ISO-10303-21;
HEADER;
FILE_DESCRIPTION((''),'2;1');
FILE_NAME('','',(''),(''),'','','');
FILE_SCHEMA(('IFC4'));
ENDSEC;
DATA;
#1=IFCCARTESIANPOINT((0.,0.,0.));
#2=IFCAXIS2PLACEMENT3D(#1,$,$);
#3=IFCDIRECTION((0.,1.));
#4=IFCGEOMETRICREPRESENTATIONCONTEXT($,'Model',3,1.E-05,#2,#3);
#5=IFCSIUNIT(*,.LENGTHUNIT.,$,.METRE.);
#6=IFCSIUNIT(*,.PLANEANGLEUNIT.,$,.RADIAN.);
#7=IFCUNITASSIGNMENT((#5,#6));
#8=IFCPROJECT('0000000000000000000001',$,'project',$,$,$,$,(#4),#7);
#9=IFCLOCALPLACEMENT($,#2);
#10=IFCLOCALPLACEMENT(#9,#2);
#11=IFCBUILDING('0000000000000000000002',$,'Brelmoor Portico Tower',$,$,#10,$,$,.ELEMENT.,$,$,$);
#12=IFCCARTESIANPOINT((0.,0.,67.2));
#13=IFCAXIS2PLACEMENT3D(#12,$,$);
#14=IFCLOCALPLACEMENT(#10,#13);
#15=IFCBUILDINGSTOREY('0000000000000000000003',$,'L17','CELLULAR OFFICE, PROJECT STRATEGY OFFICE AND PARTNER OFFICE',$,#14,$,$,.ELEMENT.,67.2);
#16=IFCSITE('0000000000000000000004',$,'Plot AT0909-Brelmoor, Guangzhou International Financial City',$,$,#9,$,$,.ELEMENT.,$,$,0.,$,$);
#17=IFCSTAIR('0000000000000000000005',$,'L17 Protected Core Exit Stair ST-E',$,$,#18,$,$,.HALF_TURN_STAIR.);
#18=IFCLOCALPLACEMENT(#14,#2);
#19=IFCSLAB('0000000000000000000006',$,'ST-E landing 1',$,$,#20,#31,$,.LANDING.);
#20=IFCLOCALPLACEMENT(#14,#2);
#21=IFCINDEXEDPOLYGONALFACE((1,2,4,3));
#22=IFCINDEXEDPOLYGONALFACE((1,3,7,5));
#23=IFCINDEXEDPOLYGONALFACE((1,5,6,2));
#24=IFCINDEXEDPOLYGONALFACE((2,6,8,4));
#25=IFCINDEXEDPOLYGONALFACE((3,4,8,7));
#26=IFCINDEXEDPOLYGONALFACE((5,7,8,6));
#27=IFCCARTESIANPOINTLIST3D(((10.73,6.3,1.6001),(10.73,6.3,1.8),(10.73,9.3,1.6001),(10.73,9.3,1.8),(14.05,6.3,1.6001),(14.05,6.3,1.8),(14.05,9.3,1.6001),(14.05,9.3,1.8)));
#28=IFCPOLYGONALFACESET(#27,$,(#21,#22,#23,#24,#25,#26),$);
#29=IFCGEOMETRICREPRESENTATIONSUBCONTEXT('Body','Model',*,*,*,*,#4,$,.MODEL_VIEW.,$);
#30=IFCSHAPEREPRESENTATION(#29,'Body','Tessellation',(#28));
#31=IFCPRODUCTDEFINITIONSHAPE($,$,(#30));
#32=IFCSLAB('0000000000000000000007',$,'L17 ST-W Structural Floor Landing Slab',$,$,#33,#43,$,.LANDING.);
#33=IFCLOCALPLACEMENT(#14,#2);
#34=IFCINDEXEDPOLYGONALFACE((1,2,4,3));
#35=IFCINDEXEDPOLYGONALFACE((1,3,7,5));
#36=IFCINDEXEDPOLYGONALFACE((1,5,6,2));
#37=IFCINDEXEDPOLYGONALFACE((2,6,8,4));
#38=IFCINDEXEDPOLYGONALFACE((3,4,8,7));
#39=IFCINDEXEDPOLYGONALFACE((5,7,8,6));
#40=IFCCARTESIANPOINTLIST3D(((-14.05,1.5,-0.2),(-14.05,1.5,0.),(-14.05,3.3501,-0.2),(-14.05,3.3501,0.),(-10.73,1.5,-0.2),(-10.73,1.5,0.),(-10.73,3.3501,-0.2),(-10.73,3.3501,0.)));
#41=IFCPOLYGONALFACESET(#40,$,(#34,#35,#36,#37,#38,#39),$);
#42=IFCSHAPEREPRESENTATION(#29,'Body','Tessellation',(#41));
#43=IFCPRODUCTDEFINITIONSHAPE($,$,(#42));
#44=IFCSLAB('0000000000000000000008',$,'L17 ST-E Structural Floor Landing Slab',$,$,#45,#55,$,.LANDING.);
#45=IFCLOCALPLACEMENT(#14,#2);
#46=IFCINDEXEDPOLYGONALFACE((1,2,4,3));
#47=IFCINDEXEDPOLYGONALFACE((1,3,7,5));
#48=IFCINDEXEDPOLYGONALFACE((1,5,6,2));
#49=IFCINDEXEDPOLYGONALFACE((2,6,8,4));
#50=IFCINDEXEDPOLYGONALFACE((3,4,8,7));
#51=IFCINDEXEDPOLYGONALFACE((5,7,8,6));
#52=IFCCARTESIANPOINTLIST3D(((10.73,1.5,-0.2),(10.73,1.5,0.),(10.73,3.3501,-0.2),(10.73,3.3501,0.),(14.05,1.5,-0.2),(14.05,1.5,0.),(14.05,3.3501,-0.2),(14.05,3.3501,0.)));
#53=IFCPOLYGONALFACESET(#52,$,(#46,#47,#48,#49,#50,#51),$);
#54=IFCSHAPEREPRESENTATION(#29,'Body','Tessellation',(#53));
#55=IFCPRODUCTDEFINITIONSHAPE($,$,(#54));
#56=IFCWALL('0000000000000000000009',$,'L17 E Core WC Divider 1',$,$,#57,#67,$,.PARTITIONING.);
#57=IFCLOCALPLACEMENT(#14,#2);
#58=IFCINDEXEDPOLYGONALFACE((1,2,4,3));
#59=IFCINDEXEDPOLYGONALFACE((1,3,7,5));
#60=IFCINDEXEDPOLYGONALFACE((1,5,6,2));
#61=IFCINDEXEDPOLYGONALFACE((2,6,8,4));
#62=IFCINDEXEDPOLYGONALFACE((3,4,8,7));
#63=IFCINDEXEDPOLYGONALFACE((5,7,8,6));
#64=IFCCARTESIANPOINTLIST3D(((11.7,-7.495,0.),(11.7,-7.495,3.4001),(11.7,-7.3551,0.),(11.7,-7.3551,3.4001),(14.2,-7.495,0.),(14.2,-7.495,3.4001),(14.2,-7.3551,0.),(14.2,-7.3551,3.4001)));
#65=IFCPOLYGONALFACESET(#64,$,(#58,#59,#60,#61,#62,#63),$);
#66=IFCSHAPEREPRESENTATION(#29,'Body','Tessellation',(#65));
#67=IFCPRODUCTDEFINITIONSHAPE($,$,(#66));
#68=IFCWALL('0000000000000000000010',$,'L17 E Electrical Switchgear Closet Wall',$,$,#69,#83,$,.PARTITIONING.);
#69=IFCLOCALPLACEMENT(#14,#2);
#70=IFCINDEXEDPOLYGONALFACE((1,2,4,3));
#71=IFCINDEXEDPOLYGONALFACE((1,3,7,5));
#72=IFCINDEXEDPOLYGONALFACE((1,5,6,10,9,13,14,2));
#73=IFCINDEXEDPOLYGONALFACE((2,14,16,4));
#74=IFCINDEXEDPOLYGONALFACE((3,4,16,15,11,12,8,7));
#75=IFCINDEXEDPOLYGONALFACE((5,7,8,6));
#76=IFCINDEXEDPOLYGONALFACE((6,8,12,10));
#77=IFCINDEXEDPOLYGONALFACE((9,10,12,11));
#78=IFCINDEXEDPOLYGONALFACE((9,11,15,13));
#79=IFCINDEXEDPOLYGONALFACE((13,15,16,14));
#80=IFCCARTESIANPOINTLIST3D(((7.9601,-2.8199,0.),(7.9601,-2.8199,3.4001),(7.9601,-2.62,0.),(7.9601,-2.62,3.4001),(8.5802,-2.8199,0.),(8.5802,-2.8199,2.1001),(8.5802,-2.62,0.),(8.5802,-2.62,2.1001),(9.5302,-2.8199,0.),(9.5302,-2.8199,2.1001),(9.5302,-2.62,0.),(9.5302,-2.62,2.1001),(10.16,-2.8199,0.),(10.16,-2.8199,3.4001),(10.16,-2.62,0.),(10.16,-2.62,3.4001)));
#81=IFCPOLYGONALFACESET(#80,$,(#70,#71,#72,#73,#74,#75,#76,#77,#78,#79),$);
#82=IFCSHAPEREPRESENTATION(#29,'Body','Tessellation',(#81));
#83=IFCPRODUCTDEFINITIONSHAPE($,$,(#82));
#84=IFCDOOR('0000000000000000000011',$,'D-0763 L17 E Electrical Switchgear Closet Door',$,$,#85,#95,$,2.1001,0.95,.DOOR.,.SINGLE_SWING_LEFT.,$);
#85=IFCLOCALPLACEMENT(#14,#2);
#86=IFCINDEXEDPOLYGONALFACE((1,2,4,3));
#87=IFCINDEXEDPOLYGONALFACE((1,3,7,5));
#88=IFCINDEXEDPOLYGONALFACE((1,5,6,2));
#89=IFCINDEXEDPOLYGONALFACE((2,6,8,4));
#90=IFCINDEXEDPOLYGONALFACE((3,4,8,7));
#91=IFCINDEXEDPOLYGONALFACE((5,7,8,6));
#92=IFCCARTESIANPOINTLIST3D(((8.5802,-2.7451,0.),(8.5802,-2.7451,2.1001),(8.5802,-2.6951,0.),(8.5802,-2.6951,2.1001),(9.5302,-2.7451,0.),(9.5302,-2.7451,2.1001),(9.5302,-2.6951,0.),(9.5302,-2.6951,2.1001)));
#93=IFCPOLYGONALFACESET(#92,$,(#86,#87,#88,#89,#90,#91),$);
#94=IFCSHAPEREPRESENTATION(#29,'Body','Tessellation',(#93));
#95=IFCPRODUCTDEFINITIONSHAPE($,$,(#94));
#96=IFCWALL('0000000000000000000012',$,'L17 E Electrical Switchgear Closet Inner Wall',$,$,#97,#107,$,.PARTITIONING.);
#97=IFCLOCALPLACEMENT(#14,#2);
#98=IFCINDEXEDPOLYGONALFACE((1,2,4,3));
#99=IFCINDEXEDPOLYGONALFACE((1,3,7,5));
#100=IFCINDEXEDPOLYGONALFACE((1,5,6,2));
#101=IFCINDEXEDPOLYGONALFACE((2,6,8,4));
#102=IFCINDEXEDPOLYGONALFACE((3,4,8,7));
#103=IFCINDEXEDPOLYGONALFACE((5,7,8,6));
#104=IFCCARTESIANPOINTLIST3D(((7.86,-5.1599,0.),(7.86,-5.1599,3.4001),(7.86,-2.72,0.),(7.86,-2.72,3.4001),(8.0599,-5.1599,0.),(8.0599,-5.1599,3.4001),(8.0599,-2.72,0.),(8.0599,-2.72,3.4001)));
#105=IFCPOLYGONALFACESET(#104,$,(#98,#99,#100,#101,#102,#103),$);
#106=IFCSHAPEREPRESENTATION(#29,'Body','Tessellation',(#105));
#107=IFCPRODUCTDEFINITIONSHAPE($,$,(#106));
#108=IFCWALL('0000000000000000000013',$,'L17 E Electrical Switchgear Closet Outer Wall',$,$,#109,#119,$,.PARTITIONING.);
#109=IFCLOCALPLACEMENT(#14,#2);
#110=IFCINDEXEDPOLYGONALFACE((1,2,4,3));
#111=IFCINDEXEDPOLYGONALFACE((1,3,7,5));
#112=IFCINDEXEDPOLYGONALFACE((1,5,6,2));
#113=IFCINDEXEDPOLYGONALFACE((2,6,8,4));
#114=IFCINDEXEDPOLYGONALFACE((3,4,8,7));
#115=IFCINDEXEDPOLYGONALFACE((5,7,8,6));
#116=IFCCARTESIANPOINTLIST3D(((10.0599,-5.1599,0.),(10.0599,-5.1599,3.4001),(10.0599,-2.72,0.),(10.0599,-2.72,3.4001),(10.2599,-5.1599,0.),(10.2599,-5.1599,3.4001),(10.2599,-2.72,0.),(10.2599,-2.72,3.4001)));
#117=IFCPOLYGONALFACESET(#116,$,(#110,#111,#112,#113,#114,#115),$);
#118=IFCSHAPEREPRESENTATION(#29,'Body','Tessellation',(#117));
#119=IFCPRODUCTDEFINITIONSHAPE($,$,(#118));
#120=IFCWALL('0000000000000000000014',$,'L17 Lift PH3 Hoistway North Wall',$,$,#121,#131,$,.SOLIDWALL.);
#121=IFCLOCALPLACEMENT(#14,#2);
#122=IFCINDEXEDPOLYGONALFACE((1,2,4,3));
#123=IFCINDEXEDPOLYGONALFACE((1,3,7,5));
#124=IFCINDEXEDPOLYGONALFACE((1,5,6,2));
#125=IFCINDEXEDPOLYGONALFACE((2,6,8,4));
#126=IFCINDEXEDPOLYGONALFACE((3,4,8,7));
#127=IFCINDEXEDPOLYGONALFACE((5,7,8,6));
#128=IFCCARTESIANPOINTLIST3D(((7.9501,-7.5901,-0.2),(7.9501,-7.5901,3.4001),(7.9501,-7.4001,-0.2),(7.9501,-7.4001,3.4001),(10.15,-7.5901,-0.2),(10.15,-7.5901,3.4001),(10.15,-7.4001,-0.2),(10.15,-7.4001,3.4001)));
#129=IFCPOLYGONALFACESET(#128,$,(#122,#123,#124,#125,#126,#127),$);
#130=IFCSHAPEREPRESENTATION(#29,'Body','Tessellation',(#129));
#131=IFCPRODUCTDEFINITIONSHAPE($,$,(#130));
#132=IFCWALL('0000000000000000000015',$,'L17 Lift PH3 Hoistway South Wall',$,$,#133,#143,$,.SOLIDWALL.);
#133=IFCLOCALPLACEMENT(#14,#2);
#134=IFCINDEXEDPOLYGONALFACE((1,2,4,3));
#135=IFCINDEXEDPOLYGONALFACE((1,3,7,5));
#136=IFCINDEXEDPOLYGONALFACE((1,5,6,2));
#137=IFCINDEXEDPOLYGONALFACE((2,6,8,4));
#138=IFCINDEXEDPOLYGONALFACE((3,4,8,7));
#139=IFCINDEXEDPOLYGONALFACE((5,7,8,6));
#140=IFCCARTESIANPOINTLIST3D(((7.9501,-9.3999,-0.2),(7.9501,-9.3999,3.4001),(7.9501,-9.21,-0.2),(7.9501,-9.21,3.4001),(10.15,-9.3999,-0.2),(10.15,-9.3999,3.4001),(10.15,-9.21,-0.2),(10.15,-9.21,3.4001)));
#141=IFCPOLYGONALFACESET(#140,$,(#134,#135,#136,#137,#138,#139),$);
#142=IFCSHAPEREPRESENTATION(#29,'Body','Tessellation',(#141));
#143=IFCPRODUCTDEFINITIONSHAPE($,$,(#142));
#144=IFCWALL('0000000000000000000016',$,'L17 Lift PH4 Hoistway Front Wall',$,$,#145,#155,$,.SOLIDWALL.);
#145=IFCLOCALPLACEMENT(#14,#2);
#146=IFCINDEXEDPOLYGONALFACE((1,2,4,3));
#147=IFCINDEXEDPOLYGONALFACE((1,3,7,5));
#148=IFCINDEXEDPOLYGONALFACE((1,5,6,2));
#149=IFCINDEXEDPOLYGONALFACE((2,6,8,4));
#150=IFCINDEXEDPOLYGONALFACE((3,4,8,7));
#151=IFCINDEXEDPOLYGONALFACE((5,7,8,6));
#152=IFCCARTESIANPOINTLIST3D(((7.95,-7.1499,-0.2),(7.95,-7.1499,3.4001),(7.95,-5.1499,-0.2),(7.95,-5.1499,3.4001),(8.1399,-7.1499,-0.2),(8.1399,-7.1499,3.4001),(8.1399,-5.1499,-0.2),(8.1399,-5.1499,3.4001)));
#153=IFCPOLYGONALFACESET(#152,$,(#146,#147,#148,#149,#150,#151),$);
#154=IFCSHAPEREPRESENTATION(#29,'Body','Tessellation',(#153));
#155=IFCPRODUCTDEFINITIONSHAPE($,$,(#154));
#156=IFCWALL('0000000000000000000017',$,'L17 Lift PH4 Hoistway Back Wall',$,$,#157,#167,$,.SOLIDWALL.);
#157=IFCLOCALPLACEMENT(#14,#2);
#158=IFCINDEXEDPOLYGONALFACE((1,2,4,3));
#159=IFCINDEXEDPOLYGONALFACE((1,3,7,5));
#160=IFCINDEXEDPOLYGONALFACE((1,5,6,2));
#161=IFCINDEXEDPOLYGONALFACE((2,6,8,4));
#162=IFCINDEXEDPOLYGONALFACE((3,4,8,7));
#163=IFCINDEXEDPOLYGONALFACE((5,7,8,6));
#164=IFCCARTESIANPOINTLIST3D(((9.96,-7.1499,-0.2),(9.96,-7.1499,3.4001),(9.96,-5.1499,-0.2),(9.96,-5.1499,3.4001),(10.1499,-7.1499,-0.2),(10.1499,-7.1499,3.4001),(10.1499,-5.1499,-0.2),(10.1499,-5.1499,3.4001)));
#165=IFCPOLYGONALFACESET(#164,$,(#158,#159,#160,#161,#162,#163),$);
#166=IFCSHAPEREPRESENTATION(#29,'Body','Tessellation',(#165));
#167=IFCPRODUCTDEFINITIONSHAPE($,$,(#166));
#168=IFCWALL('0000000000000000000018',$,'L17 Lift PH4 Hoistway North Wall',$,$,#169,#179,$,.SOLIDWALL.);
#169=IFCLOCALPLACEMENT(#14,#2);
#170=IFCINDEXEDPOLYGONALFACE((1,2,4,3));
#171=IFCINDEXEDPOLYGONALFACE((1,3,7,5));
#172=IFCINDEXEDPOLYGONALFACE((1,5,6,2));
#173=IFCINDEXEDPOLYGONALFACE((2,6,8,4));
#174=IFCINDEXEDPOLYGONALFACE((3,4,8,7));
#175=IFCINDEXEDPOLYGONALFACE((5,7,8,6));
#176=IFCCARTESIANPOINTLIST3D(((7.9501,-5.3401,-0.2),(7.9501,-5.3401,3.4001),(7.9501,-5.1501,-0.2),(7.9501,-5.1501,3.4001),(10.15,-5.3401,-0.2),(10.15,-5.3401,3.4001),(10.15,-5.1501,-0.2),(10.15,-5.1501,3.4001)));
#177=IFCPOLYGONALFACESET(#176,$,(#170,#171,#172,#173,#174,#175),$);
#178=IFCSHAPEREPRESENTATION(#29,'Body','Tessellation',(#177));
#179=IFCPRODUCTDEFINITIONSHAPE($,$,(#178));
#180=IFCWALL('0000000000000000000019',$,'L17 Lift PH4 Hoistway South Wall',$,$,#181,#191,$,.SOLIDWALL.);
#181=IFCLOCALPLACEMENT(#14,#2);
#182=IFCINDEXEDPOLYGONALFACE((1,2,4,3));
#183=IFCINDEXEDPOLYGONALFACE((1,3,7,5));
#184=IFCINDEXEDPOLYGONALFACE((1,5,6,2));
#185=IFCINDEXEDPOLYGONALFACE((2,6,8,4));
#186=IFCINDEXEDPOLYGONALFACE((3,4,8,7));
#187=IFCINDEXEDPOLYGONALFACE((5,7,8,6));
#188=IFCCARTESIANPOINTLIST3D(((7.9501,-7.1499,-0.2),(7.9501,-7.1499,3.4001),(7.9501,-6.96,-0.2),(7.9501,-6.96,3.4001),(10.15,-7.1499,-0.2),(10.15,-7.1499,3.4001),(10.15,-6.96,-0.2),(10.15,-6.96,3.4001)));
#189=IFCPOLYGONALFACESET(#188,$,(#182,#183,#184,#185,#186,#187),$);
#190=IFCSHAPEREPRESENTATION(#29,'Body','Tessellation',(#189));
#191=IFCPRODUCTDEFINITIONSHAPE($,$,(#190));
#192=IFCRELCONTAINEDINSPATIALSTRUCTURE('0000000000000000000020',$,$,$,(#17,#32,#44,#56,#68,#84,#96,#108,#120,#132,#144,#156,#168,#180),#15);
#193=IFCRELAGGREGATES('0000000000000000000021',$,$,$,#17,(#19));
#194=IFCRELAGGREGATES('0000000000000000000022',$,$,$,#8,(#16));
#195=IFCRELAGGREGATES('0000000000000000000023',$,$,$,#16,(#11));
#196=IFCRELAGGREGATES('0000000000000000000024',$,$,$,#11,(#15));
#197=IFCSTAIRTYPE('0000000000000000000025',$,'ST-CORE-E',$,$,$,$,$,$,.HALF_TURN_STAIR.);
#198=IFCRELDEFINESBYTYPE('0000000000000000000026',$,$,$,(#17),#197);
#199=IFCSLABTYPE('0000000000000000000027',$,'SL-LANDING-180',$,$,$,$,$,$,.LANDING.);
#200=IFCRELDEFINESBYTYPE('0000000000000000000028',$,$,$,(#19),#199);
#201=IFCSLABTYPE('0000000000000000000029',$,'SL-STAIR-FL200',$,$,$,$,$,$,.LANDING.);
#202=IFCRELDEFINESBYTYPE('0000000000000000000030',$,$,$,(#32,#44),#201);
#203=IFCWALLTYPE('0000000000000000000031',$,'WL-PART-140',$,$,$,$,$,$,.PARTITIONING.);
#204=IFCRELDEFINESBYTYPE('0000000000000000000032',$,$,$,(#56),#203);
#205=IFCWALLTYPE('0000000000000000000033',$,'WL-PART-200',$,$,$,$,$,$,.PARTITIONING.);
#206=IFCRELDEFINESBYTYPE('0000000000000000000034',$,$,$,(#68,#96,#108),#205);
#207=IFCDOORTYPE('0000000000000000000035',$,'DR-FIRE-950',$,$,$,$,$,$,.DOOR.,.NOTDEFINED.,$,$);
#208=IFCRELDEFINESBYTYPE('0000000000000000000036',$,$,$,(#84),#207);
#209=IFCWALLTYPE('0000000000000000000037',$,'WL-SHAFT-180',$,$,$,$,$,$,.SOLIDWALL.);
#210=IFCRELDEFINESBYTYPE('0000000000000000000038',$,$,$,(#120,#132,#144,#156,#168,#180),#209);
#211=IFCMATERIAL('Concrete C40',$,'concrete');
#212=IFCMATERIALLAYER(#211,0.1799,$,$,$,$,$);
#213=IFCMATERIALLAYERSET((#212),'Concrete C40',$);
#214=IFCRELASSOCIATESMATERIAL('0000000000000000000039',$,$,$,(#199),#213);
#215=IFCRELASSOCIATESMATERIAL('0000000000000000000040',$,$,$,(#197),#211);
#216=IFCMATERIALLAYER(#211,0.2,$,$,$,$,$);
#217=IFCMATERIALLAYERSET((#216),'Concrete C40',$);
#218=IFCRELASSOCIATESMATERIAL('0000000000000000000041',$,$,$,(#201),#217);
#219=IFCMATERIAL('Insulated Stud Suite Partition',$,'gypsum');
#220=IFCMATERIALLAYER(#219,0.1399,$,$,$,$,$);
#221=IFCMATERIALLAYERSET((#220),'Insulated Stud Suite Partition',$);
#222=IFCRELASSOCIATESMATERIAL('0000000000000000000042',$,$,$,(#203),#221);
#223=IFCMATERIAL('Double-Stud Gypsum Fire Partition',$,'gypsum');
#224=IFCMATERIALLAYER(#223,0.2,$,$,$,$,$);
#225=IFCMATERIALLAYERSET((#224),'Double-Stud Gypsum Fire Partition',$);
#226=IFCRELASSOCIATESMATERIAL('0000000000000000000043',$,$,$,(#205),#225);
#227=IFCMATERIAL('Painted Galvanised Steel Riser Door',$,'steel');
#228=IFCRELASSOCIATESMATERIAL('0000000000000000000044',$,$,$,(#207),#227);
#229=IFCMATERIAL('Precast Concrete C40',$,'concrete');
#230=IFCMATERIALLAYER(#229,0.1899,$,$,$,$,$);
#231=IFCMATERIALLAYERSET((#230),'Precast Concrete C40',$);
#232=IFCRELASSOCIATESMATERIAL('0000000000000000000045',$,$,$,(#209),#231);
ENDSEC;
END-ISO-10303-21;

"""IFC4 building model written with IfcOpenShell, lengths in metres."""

from ifc_helpers import new_model, si_unit, direction, frame, frame_2d, origin, place, context, subcontext, project, spatial, polyline, rectangle, outline, extrude, material, layer, layer_set, type_object, element, fill, aggregate, save


model = new_model("IFC4")

# Units and contexts
model_context = context("Model", 3, precision=1e-05, world=origin(), true_north=direction((0.0, 1.0)))
body_context = subcontext(model_context, "Body", "Model", "MODEL_VIEW")
ifc_project = project(units=[si_unit("LENGTHUNIT", "METRE"), si_unit("PLANEANGLEUNIT", "RADIAN")], contexts=[model_context])

# Site, building, storey
site_placement = place(None, origin())
site = spatial("IfcSite", under=ifc_project, at=site_placement, Name="Plot AT0909-Brelmoor, Guangzhou International Financial City", CompositionType="ELEMENT", RefElevation=0.0)
building_placement = place(site_placement, origin())
building = spatial("IfcBuilding", under=site, at=building_placement, Name="Brelmoor Portico Tower", CompositionType="ELEMENT")
storey_placement = place(building_placement, frame((0.0, 0.0, 67.2)))
storey = spatial("IfcBuildingStorey", under=building, at=storey_placement, Name="L17", Description="CELLULAR OFFICE, PROJECT STRATEGY OFFICE AND PARTNER OFFICE", CompositionType="ELEMENT", Elevation=67.2)

# Shared definitions
ifc_material_1 = material(Name="Concrete C40", Category="concrete")

# Stair, slab
ifc_layer_1 = layer(ifc_material_1, 0.1799)
ifc_layer_set_1 = layer_set([ifc_layer_1], Name="Concrete C40")
slab_type_1 = type_object("IfcSlabType", Name="SL-LANDING-180", PredefinedType="LANDING", material=ifc_layer_set_1)
stair_type_1 = type_object("IfcStairType", Name="ST-CORE-E", PredefinedType="HALF_TURN_STAIR", material=ifc_material_1)
stair_1_placement = place(storey_placement, origin())
stair_1 = element("IfcStair", 1, at=stair_1_placement, inside=storey, type_object=stair_type_1, Name="L17 Protected Core Exit Stair ST-E", PredefinedType="HALF_TURN_STAIR")
slab_1_placement = place(storey_placement, frame((0.0, 0.0, 1.6001)))
slab_1 = element("IfcSlab", 2, at=slab_1_placement, type_object=slab_type_1, Name="ST-E landing 1", PredefinedType="LANDING", context=body_context, shape_type="SweptSolid", body=[
    extrude(outline(polyline([(14.05, 6.3), (14.05, 9.3), (10.73, 9.3), (10.73, 6.3), (14.05, 6.3)])), origin(), (0.0, 0.0, 1.0), 0.2),
])
aggregate(stair_1, [slab_1])

# Slabs
ifc_layer_2 = layer(ifc_material_1, 0.2)
ifc_layer_set_2 = layer_set([ifc_layer_2], Name="Concrete C40")
slab_type_2 = type_object("IfcSlabType", Name="SL-STAIR-FL200", PredefinedType="LANDING", material=ifc_layer_set_2)
slab_2_placement = place(storey_placement, frame((0.0, 0.0, -0.2)))
element("IfcSlab", 3, at=slab_2_placement, inside=storey, type_object=slab_type_2, Name="L17 ST-W Structural Floor Landing Slab", PredefinedType="LANDING", context=body_context, shape_type="SweptSolid", body=[
    extrude(outline(polyline([(-10.73, 1.5), (-10.73, 3.3501), (-14.05, 3.3501), (-14.05, 1.5), (-10.73, 1.5)])), origin(), (0.0, 0.0, 1.0), 0.2),
])
slab_3_placement = place(storey_placement, frame((0.0, 0.0, -0.2)))
element("IfcSlab", 4, at=slab_3_placement, inside=storey, type_object=slab_type_2, Name="L17 ST-E Structural Floor Landing Slab", PredefinedType="LANDING", context=body_context, shape_type="SweptSolid", body=[
    extrude(outline(polyline([(14.05, 1.5), (14.05, 3.3501), (10.73, 3.3501), (10.73, 1.5), (14.05, 1.5)])), origin(), (0.0, 0.0, 1.0), 0.2),
])

# Wall
ifc_material_2 = material(Name="Insulated Stud Suite Partition", Category="gypsum")
ifc_layer_3 = layer(ifc_material_2, 0.1399)
ifc_layer_set_3 = layer_set([ifc_layer_3], Name="Insulated Stud Suite Partition")
wall_type_1 = type_object("IfcWallType", Name="WL-PART-140", PredefinedType="PARTITIONING", material=ifc_layer_set_3)
wall_1_placement = place(storey_placement, frame((11.7, -7.425, 0.0), z_axis=(0.0, 0.0, 1.0), x_axis=(1.0, 0.0, 0.0)))
element("IfcWall", 5, at=wall_1_placement, inside=storey, type_object=wall_type_1, Name="L17 E Core WC Divider 1", PredefinedType="PARTITIONING", context=body_context, shape_type="SweptSolid", body=[
    extrude(rectangle(XDim=2.5, YDim=0.1399, at=frame_2d((1.25, 0.0))), origin(), (0.0, 0.0, 1.0), 3.4001),
])

# Wall, opening, door
ifc_material_3 = material(Name="Double-Stud Gypsum Fire Partition", Category="gypsum")
ifc_layer_4 = layer(ifc_material_3, 0.2)
ifc_layer_set_4 = layer_set([ifc_layer_4], Name="Double-Stud Gypsum Fire Partition")
wall_type_2 = type_object("IfcWallType", Name="WL-PART-200", PredefinedType="PARTITIONING", material=ifc_layer_set_4)
wall_2_placement = place(storey_placement, frame((7.96, -2.72, 0.0), z_axis=(0.0, 0.0, 1.0), x_axis=(1.0, 0.0, 0.0)))
wall_2 = element("IfcWall", 6, at=wall_2_placement, inside=storey, type_object=wall_type_2, Name="L17 E Electrical Switchgear Closet Wall", PredefinedType="PARTITIONING", context=body_context, shape_type="SweptSolid", body=[
    extrude(rectangle(XDim=2.2, YDim=0.2, at=frame_2d((1.1001, 0.0))), origin(), (0.0, 0.0, 1.0), 3.4001),
])
opening_1_placement = place(wall_2_placement, frame((0.6201, 0.0, 0.0)))
opening_1 = element("IfcOpeningElement", 7, at=opening_1_placement, cuts=wall_2, PredefinedType="OPENING", context=body_context, shape_type="SweptSolid", body=[
    extrude(rectangle(XDim=0.95, YDim=2.1001, at=frame_2d((0.4751, 1.05))), frame((0.0, 0.1099, 0.0), z_axis=(0.0, -1.0, 0.0), x_axis=(1.0, 0.0, 0.0)), (0.0, 0.0, 1.0), 0.22),
])
ifc_material_4 = material(Name="Painted Galvanised Steel Riser Door", Category="steel")
door_type_1 = type_object("IfcDoorType", Name="DR-FIRE-950", OperationType="NOTDEFINED", PredefinedType="DOOR", material=ifc_material_4)
door_1_placement = place(opening_1_placement, origin())
door_1 = element("IfcDoor", 8, at=door_1_placement, inside=storey, type_object=door_type_1, Name="D-0763 L17 E Electrical Switchgear Closet Door", OperationType="SINGLE_SWING_LEFT", OverallHeight=2.1001, OverallWidth=0.95, PredefinedType="DOOR", context=body_context, shape_type="SweptSolid", body=[
    extrude(rectangle(XDim=0.95, YDim=2.1001, at=frame_2d((0.4751, 1.05))), frame((0.0, 0.0249, 0.0), z_axis=(0.0, -1.0, 0.0), x_axis=(1.0, 0.0, 0.0)), (0.0, 0.0, 1.0), 0.05),
])
fill(opening_1, door_1)

# Walls
for number, where, z_axis, x_axis, name in (
    (9, (7.96, -5.1599, 0.0), (0.0, 0.0, 1.0), (0.0, 1.0, 0.0), "L17 E Electrical Switchgear Closet Inner Wall"),
    (10, (10.1599, -5.1599, 0.0), (0.0, 0.0, 1.0), (0.0, 1.0, 0.0), "L17 E Electrical Switchgear Closet Outer Wall"),
):
    element("IfcWall", number, at=place(storey_placement, frame(where, z_axis=z_axis, x_axis=x_axis)), inside=storey, type_object=wall_type_2, Name=name, PredefinedType="PARTITIONING", context=body_context, shape_type="SweptSolid", body=[
        extrude(rectangle(XDim=2.4399, YDim=0.2, at=frame_2d((1.22, 0.0))), origin(), (0.0, 0.0, 1.0), 3.4001),
    ])
ifc_material_5 = material(Name="Precast Concrete C40", Category="concrete")
ifc_layer_5 = layer(ifc_material_5, 0.1899)
ifc_layer_set_5 = layer_set([ifc_layer_5], Name="Precast Concrete C40")
wall_type_3 = type_object("IfcWallType", Name="WL-SHAFT-180", PredefinedType="SOLIDWALL", material=ifc_layer_set_5)
for number, where, z_axis, x_axis, name in (
    (11, (7.95, -7.4951, -0.2), (0.0, 0.0, 1.0), (1.0, 0.0, 0.0), "L17 Lift PH3 Hoistway North Wall"),
    (12, (7.95, -9.3049, -0.2), (0.0, 0.0, 1.0), (1.0, 0.0, 0.0), "L17 Lift PH3 Hoistway South Wall"),
):
    element("IfcWall", number, at=place(storey_placement, frame(where, z_axis=z_axis, x_axis=x_axis)), inside=storey, type_object=wall_type_3, Name=name, PredefinedType="SOLIDWALL", context=body_context, shape_type="SweptSolid", body=[
        extrude(rectangle(XDim=2.2, YDim=0.1899, at=frame_2d((1.1001, 0.0))), origin(), (0.0, 0.0, 1.0), 3.6001),
    ])
for number, where, z_axis, x_axis, name in (
    (13, (8.0449, -7.1499, -0.2), (0.0, 0.0, 1.0), (0.0, 1.0, 0.0), "L17 Lift PH4 Hoistway Front Wall"),
    (14, (10.0549, -7.1499, -0.2), (0.0, 0.0, 1.0), (0.0, 1.0, 0.0), "L17 Lift PH4 Hoistway Back Wall"),
):
    element("IfcWall", number, at=place(storey_placement, frame(where, z_axis=z_axis, x_axis=x_axis)), inside=storey, type_object=wall_type_3, Name=name, PredefinedType="SOLIDWALL", context=body_context, shape_type="SweptSolid", body=[
        extrude(rectangle(XDim=2.0, YDim=0.1899, at=frame_2d((1.0, 0.0))), origin(), (0.0, 0.0, 1.0), 3.6001),
    ])
for number, where, z_axis, x_axis, name in (
    (15, (7.95, -5.2451, -0.2), (0.0, 0.0, 1.0), (1.0, 0.0, 0.0), "L17 Lift PH4 Hoistway North Wall"),
    (16, (7.95, -7.0549, -0.2), (0.0, 0.0, 1.0), (1.0, 0.0, 0.0), "L17 Lift PH4 Hoistway South Wall"),
):
    element("IfcWall", number, at=place(storey_placement, frame(where, z_axis=z_axis, x_axis=x_axis)), inside=storey, type_object=wall_type_3, Name=name, PredefinedType="SOLIDWALL", context=body_context, shape_type="SweptSolid", body=[
        extrude(rectangle(XDim=2.2, YDim=0.1899, at=frame_2d((1.1001, 0.0))), origin(), (0.0, 0.0, 1.0), 3.6001),
    ])

save(model, "model.ifc")
